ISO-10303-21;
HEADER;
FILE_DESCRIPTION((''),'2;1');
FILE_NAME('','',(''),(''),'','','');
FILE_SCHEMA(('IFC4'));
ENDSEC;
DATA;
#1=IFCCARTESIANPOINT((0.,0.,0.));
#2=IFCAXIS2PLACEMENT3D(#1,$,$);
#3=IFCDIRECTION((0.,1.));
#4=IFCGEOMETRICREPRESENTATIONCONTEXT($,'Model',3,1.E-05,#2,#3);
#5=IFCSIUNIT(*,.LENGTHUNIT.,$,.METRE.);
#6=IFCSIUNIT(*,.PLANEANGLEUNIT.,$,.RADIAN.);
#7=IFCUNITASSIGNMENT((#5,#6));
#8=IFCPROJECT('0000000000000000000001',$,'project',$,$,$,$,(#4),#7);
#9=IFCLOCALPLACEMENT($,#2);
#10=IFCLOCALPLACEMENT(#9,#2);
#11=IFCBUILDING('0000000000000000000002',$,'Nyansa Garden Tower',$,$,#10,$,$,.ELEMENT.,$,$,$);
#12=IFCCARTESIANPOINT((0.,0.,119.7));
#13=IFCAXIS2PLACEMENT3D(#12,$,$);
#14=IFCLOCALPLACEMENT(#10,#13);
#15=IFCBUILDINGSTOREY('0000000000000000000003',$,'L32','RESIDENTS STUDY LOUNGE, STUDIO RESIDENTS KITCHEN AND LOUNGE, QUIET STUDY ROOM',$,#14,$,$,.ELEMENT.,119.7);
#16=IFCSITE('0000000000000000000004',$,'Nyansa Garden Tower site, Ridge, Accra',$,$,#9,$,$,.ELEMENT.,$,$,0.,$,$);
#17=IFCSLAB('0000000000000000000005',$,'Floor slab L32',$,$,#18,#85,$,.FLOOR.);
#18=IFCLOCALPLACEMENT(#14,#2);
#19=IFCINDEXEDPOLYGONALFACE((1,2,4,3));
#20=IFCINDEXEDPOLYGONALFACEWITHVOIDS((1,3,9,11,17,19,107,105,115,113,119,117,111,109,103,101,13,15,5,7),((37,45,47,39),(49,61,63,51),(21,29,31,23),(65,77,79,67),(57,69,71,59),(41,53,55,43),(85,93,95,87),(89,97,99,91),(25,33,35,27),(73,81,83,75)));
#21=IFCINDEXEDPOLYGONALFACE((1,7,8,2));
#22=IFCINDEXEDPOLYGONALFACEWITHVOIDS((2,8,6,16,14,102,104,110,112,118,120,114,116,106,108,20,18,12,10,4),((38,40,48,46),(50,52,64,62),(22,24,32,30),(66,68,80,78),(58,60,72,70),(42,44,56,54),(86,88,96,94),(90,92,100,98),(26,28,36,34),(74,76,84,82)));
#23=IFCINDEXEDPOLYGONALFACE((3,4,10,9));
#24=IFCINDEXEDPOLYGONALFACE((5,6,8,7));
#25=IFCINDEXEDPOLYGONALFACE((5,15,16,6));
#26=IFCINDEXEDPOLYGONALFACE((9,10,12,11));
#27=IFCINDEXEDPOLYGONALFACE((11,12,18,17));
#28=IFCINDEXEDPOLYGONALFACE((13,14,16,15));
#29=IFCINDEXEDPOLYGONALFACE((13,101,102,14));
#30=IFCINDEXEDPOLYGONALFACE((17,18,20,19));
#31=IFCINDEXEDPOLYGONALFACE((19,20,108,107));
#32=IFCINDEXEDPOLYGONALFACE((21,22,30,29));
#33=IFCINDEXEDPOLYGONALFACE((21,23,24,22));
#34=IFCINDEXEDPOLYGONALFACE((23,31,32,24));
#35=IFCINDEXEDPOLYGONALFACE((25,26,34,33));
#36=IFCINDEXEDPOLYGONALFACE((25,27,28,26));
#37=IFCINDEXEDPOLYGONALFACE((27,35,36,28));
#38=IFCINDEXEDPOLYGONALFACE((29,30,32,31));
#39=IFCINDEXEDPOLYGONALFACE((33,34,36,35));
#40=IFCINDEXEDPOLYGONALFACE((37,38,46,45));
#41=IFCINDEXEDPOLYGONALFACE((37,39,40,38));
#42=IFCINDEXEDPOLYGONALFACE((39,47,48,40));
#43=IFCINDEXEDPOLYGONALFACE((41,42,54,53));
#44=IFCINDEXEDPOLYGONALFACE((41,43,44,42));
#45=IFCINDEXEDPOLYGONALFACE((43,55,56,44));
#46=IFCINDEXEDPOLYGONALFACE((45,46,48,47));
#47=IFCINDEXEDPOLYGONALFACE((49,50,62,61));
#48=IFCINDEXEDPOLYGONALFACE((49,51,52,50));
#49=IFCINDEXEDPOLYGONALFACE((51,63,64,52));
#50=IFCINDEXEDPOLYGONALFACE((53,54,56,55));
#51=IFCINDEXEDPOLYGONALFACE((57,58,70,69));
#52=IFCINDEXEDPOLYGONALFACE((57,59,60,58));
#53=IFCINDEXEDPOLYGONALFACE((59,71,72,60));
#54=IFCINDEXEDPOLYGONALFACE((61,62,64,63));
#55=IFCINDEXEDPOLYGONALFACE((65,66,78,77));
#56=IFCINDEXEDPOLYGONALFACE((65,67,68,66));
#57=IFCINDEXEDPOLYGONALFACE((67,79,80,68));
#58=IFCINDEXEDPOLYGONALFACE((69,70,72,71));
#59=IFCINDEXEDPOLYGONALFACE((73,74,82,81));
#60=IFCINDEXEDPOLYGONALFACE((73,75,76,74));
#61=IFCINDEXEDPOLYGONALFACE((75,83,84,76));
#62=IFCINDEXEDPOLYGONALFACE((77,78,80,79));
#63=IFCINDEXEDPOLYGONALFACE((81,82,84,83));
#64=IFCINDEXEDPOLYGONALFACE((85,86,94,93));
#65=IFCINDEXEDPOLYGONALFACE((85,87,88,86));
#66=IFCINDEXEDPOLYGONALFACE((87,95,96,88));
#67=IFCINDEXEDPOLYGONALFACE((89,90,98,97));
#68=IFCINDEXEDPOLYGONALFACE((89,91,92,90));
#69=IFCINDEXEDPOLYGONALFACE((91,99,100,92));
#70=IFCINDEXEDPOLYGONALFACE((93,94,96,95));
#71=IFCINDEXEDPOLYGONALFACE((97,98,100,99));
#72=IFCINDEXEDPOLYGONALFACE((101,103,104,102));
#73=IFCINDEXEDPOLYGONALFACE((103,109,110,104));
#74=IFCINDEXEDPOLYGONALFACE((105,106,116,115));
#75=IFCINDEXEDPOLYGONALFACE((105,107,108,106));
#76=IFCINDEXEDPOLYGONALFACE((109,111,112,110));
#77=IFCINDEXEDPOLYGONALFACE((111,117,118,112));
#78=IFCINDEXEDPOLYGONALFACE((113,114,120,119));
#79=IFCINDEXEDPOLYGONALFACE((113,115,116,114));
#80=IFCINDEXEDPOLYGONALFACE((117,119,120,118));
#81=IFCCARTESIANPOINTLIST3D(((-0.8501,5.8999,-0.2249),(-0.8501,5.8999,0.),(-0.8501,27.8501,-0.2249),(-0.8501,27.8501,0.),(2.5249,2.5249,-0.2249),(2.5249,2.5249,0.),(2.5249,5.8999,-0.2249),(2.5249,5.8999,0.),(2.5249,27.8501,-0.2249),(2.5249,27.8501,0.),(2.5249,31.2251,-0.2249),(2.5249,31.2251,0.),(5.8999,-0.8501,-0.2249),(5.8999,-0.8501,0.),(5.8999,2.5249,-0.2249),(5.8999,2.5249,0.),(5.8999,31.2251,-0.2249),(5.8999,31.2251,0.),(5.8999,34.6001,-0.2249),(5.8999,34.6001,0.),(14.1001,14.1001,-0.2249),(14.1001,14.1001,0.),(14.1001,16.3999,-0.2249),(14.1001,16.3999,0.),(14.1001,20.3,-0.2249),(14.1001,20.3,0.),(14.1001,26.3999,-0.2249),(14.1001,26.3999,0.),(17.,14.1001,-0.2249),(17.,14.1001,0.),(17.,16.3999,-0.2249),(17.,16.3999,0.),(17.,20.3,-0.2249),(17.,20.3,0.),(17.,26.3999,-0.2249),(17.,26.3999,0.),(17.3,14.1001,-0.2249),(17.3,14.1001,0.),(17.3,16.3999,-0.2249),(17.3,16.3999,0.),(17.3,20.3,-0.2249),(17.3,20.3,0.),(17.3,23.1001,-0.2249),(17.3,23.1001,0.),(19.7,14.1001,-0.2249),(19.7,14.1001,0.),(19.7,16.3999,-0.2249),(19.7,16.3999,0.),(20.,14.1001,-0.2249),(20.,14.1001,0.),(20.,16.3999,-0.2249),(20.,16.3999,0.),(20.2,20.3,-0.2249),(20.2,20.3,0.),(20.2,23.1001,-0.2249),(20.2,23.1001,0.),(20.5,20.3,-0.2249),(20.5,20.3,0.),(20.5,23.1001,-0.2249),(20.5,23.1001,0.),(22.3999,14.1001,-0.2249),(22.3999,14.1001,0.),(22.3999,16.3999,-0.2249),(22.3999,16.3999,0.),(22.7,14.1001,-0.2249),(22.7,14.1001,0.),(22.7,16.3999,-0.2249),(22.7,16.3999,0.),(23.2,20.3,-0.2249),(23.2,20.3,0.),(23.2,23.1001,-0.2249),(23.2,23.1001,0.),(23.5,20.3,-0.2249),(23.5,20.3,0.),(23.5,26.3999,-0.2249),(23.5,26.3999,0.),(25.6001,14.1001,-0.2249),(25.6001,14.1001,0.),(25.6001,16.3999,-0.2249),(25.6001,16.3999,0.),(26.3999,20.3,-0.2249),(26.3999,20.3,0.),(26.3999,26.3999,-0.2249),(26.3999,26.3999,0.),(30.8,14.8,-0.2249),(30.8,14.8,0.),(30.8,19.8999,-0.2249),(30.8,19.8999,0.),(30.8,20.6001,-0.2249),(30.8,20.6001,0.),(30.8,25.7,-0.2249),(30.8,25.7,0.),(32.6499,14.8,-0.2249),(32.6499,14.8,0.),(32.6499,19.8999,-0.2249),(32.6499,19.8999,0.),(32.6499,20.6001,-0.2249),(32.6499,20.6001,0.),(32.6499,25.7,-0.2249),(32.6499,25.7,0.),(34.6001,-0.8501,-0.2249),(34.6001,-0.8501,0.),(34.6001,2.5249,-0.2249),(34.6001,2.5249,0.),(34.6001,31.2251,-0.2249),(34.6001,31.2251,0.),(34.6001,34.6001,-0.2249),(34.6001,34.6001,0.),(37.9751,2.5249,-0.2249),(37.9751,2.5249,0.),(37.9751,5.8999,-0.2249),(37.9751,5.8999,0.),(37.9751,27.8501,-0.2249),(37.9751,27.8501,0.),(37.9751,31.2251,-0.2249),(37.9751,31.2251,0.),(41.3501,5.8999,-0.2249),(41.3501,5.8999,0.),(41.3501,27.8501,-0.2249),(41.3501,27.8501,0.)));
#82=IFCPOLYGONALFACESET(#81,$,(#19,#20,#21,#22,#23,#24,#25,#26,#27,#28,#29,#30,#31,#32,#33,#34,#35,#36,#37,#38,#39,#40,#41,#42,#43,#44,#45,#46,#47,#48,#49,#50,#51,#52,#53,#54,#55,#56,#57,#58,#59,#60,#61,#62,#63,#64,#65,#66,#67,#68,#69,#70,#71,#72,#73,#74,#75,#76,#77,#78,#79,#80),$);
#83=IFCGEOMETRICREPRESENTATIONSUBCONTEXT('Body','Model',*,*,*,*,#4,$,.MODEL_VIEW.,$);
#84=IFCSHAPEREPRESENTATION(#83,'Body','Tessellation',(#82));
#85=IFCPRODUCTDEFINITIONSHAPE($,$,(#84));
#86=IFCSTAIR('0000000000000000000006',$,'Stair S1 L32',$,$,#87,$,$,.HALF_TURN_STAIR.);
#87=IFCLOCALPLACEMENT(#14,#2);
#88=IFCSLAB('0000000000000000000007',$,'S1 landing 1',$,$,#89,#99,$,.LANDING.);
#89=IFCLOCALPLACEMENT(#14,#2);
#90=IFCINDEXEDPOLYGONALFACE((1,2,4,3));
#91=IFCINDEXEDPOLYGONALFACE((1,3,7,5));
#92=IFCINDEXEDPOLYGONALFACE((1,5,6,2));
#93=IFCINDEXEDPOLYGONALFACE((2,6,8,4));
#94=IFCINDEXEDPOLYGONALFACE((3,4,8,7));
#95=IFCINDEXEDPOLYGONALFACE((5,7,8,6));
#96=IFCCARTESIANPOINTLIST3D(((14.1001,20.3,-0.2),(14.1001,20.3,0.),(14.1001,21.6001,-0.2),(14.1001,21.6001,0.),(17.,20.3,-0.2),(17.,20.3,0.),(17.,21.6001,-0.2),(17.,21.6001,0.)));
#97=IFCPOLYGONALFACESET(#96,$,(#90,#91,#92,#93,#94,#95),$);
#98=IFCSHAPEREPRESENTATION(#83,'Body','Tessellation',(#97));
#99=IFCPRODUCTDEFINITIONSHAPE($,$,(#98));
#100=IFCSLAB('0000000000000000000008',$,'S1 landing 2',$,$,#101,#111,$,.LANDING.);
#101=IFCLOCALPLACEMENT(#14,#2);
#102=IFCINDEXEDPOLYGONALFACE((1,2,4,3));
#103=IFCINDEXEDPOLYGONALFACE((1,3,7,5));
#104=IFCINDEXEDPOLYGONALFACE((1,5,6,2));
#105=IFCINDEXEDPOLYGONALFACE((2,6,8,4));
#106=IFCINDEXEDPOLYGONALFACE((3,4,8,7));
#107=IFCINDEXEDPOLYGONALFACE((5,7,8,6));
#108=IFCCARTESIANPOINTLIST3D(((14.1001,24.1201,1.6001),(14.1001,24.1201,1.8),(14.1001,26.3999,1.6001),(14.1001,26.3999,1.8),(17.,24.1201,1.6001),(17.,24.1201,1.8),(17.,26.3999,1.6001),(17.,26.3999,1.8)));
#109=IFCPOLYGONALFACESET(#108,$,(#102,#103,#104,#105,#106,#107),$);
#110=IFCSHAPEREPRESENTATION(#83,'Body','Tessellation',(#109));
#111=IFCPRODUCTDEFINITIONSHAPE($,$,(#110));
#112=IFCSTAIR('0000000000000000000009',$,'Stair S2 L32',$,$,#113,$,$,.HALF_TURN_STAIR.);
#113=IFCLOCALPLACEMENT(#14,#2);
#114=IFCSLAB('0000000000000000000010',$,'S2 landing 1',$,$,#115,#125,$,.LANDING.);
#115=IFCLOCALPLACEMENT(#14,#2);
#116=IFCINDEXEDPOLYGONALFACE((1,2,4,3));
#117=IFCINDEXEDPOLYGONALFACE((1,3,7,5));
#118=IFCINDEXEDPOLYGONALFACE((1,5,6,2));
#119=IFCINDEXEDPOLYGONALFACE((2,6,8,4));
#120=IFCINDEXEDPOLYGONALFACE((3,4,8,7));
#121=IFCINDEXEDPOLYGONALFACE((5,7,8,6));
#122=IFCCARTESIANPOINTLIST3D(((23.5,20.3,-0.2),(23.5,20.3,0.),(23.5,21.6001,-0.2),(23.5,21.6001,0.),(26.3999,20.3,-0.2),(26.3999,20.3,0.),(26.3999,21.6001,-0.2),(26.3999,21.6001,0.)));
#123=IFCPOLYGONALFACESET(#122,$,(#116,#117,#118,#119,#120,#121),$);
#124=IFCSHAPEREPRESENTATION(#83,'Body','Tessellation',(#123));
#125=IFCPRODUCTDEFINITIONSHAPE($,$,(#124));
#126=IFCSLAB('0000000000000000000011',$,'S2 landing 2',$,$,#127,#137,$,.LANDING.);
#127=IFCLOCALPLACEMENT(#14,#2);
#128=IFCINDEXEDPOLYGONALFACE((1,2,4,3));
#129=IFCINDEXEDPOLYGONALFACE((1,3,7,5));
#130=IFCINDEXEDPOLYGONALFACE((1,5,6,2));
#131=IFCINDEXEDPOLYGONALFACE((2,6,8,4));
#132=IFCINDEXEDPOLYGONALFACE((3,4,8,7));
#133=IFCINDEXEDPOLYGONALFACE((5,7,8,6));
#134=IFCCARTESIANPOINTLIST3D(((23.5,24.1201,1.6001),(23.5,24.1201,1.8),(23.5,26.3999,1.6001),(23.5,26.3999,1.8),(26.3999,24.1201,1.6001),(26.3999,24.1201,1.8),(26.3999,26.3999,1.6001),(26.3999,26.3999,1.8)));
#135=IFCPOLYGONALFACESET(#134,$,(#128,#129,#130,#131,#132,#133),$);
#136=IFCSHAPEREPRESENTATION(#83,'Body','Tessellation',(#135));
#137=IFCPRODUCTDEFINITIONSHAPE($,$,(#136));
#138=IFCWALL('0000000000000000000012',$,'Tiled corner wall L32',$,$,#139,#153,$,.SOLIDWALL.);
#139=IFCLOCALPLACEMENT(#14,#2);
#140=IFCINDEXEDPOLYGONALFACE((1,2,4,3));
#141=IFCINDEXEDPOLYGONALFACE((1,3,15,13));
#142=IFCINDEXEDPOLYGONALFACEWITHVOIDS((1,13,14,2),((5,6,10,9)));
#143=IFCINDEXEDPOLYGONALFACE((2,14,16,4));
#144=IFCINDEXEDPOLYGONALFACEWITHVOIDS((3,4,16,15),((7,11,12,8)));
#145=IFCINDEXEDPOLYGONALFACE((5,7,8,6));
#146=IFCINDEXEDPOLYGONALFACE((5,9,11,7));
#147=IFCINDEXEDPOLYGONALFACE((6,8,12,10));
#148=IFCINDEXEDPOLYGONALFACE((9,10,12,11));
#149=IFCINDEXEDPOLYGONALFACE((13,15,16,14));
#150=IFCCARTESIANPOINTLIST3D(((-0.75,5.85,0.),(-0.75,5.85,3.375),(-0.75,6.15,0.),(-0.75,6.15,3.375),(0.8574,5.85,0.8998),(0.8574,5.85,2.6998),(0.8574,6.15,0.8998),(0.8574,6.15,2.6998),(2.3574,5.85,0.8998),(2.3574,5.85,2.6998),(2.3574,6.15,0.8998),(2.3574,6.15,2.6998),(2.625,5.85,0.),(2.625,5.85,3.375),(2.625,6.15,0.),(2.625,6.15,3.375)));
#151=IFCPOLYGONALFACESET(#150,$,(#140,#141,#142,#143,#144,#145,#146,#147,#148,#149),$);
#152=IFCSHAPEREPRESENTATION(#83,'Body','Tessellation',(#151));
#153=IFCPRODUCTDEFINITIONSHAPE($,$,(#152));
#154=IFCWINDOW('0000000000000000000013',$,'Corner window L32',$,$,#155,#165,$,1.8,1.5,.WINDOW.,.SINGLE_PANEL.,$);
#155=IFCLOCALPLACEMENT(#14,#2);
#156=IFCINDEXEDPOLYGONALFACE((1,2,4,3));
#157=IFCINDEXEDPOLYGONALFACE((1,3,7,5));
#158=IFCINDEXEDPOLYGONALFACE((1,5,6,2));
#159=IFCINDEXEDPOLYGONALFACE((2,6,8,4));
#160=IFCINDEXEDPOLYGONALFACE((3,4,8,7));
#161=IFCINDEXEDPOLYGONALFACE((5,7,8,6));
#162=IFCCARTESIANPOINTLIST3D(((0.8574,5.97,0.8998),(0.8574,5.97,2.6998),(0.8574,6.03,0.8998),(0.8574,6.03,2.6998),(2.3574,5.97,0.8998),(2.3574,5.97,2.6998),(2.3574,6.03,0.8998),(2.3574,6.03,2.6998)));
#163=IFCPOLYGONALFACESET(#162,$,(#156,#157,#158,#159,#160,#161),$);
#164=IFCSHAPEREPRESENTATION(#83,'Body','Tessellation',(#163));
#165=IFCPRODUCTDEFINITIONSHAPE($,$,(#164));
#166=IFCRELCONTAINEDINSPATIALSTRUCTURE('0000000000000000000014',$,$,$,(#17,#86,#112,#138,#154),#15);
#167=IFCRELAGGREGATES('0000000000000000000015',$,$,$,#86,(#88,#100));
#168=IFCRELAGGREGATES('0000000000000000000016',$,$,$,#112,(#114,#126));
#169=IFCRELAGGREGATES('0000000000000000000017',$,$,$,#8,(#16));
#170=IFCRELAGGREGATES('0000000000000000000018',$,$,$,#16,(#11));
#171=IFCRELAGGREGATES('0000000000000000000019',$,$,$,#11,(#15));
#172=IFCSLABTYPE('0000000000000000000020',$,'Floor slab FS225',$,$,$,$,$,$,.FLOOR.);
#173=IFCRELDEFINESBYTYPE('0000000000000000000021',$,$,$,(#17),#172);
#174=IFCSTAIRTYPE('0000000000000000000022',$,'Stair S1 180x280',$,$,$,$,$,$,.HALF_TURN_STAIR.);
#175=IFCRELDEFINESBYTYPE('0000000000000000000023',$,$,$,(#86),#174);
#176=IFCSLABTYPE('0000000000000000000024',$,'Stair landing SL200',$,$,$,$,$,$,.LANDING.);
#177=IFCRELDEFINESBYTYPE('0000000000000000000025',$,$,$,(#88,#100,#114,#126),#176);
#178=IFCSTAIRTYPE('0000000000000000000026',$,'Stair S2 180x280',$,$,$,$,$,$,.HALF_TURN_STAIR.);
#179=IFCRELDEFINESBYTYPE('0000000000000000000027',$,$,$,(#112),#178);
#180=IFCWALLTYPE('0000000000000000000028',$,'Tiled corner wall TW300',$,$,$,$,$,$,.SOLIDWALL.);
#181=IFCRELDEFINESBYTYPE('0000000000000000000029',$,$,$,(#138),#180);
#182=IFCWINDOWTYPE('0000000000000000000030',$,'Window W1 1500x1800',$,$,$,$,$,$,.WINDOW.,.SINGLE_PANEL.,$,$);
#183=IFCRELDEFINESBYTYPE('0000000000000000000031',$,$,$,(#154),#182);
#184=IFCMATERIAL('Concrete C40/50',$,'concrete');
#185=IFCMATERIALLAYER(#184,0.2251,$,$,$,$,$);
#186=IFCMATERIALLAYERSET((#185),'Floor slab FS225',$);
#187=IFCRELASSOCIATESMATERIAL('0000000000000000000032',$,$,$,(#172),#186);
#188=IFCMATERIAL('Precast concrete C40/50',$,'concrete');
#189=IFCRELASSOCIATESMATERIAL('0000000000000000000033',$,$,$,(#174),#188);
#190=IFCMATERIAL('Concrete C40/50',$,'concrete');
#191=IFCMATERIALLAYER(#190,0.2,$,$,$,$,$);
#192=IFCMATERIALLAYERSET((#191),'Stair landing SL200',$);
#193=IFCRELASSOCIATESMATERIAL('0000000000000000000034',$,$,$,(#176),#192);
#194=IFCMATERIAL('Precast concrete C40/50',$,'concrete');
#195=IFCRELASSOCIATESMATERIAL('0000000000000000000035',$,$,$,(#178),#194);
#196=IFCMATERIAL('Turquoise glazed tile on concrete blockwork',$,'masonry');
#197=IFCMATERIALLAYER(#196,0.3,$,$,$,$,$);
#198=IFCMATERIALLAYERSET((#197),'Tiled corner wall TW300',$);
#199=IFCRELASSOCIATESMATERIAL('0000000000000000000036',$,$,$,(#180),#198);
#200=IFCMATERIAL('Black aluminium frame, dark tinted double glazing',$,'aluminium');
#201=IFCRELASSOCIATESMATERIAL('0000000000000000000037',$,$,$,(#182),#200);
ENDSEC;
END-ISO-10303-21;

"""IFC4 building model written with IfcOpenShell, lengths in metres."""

from ifc_helpers import new_model, si_unit, direction, frame, frame_2d, origin, place, context, subcontext, project, spatial, polyline, rectangle, outline, extrude, material, layer, layer_set, type_object, element, fill, aggregate, save


model = new_model("IFC4")

# Units and contexts
model_context = context("Model", 3, precision=1e-05, world=origin(), true_north=direction((0.0, 1.0)))
body_context = subcontext(model_context, "Body", "Model", "MODEL_VIEW")
ifc_project = project(units=[si_unit("LENGTHUNIT", "METRE"), si_unit("PLANEANGLEUNIT", "RADIAN")], contexts=[model_context])

# Site, building, storey
site_placement = place(None, origin())
site = spatial("IfcSite", under=ifc_project, at=site_placement, Name="Nyansa Garden Tower site, Ridge, Accra", CompositionType="ELEMENT", RefElevation=0.0)
building_placement = place(site_placement, origin())
building = spatial("IfcBuilding", under=site, at=building_placement, Name="Nyansa Garden Tower", CompositionType="ELEMENT")
storey_placement = place(building_placement, frame((0.0, 0.0, 119.7)))
storey = spatial("IfcBuildingStorey", under=building, at=storey_placement, Name="L32", Description="RESIDENTS STUDY LOUNGE, STUDIO RESIDENTS KITCHEN AND LOUNGE, QUIET STUDY ROOM", CompositionType="ELEMENT", Elevation=119.7)

# Slab
ifc_material_1 = material(Name="Concrete C40/50", Category="concrete")
ifc_layer_1 = layer(ifc_material_1, 0.2251)
ifc_layer_set_1 = layer_set([ifc_layer_1], Name="Floor slab FS225")
slab_type_1 = type_object("IfcSlabType", Name="Floor slab FS225", PredefinedType="FLOOR", material=ifc_layer_set_1)
slab_1_placement = place(storey_placement, frame((0.0, 0.0, -0.2249)))
element("IfcSlab", 1, at=slab_1_placement, inside=storey, type_object=slab_type_1, Name="Floor slab L32", PredefinedType="FLOOR", context=body_context, shape_type="SweptSolid", body=[
    extrude(outline(polyline([(41.3501, 5.8999), (37.9751, 5.8999), (37.9751, 2.5249), (34.6001, 2.5249), (34.6001, -0.8501), (5.8999, -0.8501), (5.8999, 2.5249), (2.5249, 2.5249), (2.5249, 5.8999), (-0.8501, 5.8999), (-0.8501, 27.8501), (2.5249, 27.8501), (2.5249, 31.2251), (5.8999, 31.2251), (5.8999, 34.6001), (34.6001, 34.6001), (34.6001, 31.2251), (37.9751, 31.2251), (37.9751, 27.8501), (41.3501, 27.8501), (41.3501, 5.8999)]), holes=[polyline([(14.1001, 14.1001), (17.0, 14.1001), (17.0, 16.3999), (14.1001, 16.3999), (14.1001, 14.1001)]), polyline([(17.3, 14.1001), (19.7, 14.1001), (19.7, 16.3999), (17.3, 16.3999), (17.3, 14.1001)]), polyline([(20.0, 14.1001), (22.3999, 14.1001), (22.3999, 16.3999), (20.0, 16.3999), (20.0, 14.1001)]), polyline([(22.7, 14.1001), (25.6001, 14.1001), (25.6001, 16.3999), (22.7, 16.3999), (22.7, 14.1001)]), polyline([(17.3, 20.3), (20.2, 20.3), (20.2, 23.1001), (17.3, 23.1001), (17.3, 20.3)]), polyline([(20.5, 20.3), (23.2, 20.3), (23.2, 23.1001), (20.5, 23.1001), (20.5, 20.3)]), polyline([(30.8, 14.8), (32.6499, 14.8), (32.6499, 19.8999), (30.8, 19.8999), (30.8, 14.8)]), polyline([(30.8, 20.6001), (32.6499, 20.6001), (32.6499, 25.7), (30.8, 25.7), (30.8, 20.6001)]), polyline([(14.1001, 20.3), (17.0, 20.3), (17.0, 26.3999), (14.1001, 26.3999), (14.1001, 20.3)]), polyline([(23.5, 20.3), (26.3999, 20.3), (26.3999, 26.3999), (23.5, 26.3999), (23.5, 20.3)])]), origin(), (0.0, 0.0, 1.0), 0.2249),
])

# Stairs, slabs
ifc_material_2 = material(Name="Precast concrete C40/50", Category="concrete")
stair_type_1 = type_object("IfcStairType", Name="Stair S1 180x280", PredefinedType="HALF_TURN_STAIR", material=ifc_material_2)
stair_1_placement = place(storey_placement, origin())
stair_1 = element("IfcStair", 2, at=stair_1_placement, inside=storey, type_object=stair_type_1, Name="Stair S1 L32", PredefinedType="HALF_TURN_STAIR")
ifc_material_3 = material(Name="Concrete C40/50", Category="concrete")
ifc_layer_2 = layer(ifc_material_3, 0.2)
ifc_layer_set_2 = layer_set([ifc_layer_2], Name="Stair landing SL200")
slab_type_2 = type_object("IfcSlabType", Name="Stair landing SL200", PredefinedType="LANDING", material=ifc_layer_set_2)
slab_2_placement = place(storey_placement, frame((0.0, 0.0, -0.2)))
slab_2 = element("IfcSlab", 3, at=slab_2_placement, type_object=slab_type_2, Name="S1 landing 1", PredefinedType="LANDING", context=body_context, shape_type="SweptSolid", body=[
    extrude(outline(polyline([(14.1001, 20.3), (17.0, 20.3), (17.0, 21.6001), (14.1001, 21.6001), (14.1001, 20.3)])), origin(), (0.0, 0.0, 1.0), 0.2),
])
slab_3_placement = place(storey_placement, frame((0.0, 0.0, 1.6001)))
slab_3 = element("IfcSlab", 4, at=slab_3_placement, type_object=slab_type_2, Name="S1 landing 2", PredefinedType="LANDING", context=body_context, shape_type="SweptSolid", body=[
    extrude(outline(polyline([(14.1001, 24.1201), (17.0, 24.1201), (17.0, 26.3999), (14.1001, 26.3999), (14.1001, 24.1201)])), origin(), (0.0, 0.0, 1.0), 0.2),
])
aggregate(stair_1, [slab_2, slab_3])
ifc_material_4 = material(Name="Precast concrete C40/50", Category="concrete")
stair_type_2 = type_object("IfcStairType", Name="Stair S2 180x280", PredefinedType="HALF_TURN_STAIR", material=ifc_material_4)
stair_2_placement = place(storey_placement, origin())
stair_2 = element("IfcStair", 5, at=stair_2_placement, inside=storey, type_object=stair_type_2, Name="Stair S2 L32", PredefinedType="HALF_TURN_STAIR")
slab_4_placement = place(storey_placement, frame((0.0, 0.0, -0.2)))
slab_4 = element("IfcSlab", 6, at=slab_4_placement, type_object=slab_type_2, Name="S2 landing 1", PredefinedType="LANDING", context=body_context, shape_type="SweptSolid", body=[
    extrude(outline(polyline([(23.5, 20.3), (26.3999, 20.3), (26.3999, 21.6001), (23.5, 21.6001), (23.5, 20.3)])), origin(), (0.0, 0.0, 1.0), 0.2),
])
slab_5_placement = place(storey_placement, frame((0.0, 0.0, 1.6001)))
slab_5 = element("IfcSlab", 7, at=slab_5_placement, type_object=slab_type_2, Name="S2 landing 2", PredefinedType="LANDING", context=body_context, shape_type="SweptSolid", body=[
    extrude(outline(polyline([(23.5, 24.1201), (26.3999, 24.1201), (26.3999, 26.3999), (23.5, 26.3999), (23.5, 24.1201)])), origin(), (0.0, 0.0, 1.0), 0.2),
])
aggregate(stair_2, [slab_4, slab_5])

# Wall, opening, window
ifc_material_5 = material(Name="Turquoise glazed tile on concrete blockwork", Category="masonry")
ifc_layer_3 = layer(ifc_material_5, 0.3)
ifc_layer_set_3 = layer_set([ifc_layer_3], Name="Tiled corner wall TW300")
wall_type = type_object("IfcWallType", Name="Tiled corner wall TW300", PredefinedType="SOLIDWALL", material=ifc_layer_set_3)
wall_1_placement = place(storey_placement, frame((-0.75, 6.0, 0.0), z_axis=(0.0, 0.0, 1.0), x_axis=(1.0, 0.0, 0.0)))
wall_1 = element("IfcWall", 8, at=wall_1_placement, inside=storey, type_object=wall_type, Name="Tiled corner wall L32", PredefinedType="SOLIDWALL", context=body_context, shape_type="SweptSolid", body=[
    extrude(rectangle(XDim=3.375, YDim=0.3, at=frame_2d((1.6875, 0.0))), origin(), (0.0, 0.0, 1.0), 3.375),
])
opening_1_placement = place(wall_1_placement, frame((1.6074, 0.0, 0.8999)))
opening_1 = element("IfcOpeningElement", 9, at=opening_1_placement, cuts=wall_1, PredefinedType="OPENING", context=body_context, shape_type="SweptSolid", body=[
    extrude(rectangle(XDim=1.5, YDim=1.8, at=frame_2d((0.75, 0.8999))), frame((0.0, 0.1599, 0.0), z_axis=(0.0, -1.0, 0.0), x_axis=(1.0, 0.0, 0.0)), (0.0, 0.0, 1.0), 0.3201),
])
ifc_material_6 = material(Name="Black aluminium frame, dark tinted double glazing", Category="aluminium")
window_type_1 = type_object("IfcWindowType", Name="Window W1 1500x1800", PartitioningType="SINGLE_PANEL", PredefinedType="WINDOW", material=ifc_material_6)
window_1_placement = place(opening_1_placement, origin())
window_1 = element("IfcWindow", 10, at=window_1_placement, inside=storey, type_object=window_type_1, Name="Corner window L32", OverallHeight=1.8, OverallWidth=1.5, PartitioningType="SINGLE_PANEL", PredefinedType="WINDOW", context=body_context, shape_type="SweptSolid", body=[
    extrude(rectangle(XDim=1.5, YDim=1.8, at=frame_2d((0.75, 0.8999))), frame((0.0, 0.03, 0.0), z_axis=(0.0, -1.0, 0.0), x_axis=(1.0, 0.0, 0.0)), (0.0, 0.0, 1.0), 0.0601),
])
fill(opening_1, window_1)

save(model, "model.ifc")
